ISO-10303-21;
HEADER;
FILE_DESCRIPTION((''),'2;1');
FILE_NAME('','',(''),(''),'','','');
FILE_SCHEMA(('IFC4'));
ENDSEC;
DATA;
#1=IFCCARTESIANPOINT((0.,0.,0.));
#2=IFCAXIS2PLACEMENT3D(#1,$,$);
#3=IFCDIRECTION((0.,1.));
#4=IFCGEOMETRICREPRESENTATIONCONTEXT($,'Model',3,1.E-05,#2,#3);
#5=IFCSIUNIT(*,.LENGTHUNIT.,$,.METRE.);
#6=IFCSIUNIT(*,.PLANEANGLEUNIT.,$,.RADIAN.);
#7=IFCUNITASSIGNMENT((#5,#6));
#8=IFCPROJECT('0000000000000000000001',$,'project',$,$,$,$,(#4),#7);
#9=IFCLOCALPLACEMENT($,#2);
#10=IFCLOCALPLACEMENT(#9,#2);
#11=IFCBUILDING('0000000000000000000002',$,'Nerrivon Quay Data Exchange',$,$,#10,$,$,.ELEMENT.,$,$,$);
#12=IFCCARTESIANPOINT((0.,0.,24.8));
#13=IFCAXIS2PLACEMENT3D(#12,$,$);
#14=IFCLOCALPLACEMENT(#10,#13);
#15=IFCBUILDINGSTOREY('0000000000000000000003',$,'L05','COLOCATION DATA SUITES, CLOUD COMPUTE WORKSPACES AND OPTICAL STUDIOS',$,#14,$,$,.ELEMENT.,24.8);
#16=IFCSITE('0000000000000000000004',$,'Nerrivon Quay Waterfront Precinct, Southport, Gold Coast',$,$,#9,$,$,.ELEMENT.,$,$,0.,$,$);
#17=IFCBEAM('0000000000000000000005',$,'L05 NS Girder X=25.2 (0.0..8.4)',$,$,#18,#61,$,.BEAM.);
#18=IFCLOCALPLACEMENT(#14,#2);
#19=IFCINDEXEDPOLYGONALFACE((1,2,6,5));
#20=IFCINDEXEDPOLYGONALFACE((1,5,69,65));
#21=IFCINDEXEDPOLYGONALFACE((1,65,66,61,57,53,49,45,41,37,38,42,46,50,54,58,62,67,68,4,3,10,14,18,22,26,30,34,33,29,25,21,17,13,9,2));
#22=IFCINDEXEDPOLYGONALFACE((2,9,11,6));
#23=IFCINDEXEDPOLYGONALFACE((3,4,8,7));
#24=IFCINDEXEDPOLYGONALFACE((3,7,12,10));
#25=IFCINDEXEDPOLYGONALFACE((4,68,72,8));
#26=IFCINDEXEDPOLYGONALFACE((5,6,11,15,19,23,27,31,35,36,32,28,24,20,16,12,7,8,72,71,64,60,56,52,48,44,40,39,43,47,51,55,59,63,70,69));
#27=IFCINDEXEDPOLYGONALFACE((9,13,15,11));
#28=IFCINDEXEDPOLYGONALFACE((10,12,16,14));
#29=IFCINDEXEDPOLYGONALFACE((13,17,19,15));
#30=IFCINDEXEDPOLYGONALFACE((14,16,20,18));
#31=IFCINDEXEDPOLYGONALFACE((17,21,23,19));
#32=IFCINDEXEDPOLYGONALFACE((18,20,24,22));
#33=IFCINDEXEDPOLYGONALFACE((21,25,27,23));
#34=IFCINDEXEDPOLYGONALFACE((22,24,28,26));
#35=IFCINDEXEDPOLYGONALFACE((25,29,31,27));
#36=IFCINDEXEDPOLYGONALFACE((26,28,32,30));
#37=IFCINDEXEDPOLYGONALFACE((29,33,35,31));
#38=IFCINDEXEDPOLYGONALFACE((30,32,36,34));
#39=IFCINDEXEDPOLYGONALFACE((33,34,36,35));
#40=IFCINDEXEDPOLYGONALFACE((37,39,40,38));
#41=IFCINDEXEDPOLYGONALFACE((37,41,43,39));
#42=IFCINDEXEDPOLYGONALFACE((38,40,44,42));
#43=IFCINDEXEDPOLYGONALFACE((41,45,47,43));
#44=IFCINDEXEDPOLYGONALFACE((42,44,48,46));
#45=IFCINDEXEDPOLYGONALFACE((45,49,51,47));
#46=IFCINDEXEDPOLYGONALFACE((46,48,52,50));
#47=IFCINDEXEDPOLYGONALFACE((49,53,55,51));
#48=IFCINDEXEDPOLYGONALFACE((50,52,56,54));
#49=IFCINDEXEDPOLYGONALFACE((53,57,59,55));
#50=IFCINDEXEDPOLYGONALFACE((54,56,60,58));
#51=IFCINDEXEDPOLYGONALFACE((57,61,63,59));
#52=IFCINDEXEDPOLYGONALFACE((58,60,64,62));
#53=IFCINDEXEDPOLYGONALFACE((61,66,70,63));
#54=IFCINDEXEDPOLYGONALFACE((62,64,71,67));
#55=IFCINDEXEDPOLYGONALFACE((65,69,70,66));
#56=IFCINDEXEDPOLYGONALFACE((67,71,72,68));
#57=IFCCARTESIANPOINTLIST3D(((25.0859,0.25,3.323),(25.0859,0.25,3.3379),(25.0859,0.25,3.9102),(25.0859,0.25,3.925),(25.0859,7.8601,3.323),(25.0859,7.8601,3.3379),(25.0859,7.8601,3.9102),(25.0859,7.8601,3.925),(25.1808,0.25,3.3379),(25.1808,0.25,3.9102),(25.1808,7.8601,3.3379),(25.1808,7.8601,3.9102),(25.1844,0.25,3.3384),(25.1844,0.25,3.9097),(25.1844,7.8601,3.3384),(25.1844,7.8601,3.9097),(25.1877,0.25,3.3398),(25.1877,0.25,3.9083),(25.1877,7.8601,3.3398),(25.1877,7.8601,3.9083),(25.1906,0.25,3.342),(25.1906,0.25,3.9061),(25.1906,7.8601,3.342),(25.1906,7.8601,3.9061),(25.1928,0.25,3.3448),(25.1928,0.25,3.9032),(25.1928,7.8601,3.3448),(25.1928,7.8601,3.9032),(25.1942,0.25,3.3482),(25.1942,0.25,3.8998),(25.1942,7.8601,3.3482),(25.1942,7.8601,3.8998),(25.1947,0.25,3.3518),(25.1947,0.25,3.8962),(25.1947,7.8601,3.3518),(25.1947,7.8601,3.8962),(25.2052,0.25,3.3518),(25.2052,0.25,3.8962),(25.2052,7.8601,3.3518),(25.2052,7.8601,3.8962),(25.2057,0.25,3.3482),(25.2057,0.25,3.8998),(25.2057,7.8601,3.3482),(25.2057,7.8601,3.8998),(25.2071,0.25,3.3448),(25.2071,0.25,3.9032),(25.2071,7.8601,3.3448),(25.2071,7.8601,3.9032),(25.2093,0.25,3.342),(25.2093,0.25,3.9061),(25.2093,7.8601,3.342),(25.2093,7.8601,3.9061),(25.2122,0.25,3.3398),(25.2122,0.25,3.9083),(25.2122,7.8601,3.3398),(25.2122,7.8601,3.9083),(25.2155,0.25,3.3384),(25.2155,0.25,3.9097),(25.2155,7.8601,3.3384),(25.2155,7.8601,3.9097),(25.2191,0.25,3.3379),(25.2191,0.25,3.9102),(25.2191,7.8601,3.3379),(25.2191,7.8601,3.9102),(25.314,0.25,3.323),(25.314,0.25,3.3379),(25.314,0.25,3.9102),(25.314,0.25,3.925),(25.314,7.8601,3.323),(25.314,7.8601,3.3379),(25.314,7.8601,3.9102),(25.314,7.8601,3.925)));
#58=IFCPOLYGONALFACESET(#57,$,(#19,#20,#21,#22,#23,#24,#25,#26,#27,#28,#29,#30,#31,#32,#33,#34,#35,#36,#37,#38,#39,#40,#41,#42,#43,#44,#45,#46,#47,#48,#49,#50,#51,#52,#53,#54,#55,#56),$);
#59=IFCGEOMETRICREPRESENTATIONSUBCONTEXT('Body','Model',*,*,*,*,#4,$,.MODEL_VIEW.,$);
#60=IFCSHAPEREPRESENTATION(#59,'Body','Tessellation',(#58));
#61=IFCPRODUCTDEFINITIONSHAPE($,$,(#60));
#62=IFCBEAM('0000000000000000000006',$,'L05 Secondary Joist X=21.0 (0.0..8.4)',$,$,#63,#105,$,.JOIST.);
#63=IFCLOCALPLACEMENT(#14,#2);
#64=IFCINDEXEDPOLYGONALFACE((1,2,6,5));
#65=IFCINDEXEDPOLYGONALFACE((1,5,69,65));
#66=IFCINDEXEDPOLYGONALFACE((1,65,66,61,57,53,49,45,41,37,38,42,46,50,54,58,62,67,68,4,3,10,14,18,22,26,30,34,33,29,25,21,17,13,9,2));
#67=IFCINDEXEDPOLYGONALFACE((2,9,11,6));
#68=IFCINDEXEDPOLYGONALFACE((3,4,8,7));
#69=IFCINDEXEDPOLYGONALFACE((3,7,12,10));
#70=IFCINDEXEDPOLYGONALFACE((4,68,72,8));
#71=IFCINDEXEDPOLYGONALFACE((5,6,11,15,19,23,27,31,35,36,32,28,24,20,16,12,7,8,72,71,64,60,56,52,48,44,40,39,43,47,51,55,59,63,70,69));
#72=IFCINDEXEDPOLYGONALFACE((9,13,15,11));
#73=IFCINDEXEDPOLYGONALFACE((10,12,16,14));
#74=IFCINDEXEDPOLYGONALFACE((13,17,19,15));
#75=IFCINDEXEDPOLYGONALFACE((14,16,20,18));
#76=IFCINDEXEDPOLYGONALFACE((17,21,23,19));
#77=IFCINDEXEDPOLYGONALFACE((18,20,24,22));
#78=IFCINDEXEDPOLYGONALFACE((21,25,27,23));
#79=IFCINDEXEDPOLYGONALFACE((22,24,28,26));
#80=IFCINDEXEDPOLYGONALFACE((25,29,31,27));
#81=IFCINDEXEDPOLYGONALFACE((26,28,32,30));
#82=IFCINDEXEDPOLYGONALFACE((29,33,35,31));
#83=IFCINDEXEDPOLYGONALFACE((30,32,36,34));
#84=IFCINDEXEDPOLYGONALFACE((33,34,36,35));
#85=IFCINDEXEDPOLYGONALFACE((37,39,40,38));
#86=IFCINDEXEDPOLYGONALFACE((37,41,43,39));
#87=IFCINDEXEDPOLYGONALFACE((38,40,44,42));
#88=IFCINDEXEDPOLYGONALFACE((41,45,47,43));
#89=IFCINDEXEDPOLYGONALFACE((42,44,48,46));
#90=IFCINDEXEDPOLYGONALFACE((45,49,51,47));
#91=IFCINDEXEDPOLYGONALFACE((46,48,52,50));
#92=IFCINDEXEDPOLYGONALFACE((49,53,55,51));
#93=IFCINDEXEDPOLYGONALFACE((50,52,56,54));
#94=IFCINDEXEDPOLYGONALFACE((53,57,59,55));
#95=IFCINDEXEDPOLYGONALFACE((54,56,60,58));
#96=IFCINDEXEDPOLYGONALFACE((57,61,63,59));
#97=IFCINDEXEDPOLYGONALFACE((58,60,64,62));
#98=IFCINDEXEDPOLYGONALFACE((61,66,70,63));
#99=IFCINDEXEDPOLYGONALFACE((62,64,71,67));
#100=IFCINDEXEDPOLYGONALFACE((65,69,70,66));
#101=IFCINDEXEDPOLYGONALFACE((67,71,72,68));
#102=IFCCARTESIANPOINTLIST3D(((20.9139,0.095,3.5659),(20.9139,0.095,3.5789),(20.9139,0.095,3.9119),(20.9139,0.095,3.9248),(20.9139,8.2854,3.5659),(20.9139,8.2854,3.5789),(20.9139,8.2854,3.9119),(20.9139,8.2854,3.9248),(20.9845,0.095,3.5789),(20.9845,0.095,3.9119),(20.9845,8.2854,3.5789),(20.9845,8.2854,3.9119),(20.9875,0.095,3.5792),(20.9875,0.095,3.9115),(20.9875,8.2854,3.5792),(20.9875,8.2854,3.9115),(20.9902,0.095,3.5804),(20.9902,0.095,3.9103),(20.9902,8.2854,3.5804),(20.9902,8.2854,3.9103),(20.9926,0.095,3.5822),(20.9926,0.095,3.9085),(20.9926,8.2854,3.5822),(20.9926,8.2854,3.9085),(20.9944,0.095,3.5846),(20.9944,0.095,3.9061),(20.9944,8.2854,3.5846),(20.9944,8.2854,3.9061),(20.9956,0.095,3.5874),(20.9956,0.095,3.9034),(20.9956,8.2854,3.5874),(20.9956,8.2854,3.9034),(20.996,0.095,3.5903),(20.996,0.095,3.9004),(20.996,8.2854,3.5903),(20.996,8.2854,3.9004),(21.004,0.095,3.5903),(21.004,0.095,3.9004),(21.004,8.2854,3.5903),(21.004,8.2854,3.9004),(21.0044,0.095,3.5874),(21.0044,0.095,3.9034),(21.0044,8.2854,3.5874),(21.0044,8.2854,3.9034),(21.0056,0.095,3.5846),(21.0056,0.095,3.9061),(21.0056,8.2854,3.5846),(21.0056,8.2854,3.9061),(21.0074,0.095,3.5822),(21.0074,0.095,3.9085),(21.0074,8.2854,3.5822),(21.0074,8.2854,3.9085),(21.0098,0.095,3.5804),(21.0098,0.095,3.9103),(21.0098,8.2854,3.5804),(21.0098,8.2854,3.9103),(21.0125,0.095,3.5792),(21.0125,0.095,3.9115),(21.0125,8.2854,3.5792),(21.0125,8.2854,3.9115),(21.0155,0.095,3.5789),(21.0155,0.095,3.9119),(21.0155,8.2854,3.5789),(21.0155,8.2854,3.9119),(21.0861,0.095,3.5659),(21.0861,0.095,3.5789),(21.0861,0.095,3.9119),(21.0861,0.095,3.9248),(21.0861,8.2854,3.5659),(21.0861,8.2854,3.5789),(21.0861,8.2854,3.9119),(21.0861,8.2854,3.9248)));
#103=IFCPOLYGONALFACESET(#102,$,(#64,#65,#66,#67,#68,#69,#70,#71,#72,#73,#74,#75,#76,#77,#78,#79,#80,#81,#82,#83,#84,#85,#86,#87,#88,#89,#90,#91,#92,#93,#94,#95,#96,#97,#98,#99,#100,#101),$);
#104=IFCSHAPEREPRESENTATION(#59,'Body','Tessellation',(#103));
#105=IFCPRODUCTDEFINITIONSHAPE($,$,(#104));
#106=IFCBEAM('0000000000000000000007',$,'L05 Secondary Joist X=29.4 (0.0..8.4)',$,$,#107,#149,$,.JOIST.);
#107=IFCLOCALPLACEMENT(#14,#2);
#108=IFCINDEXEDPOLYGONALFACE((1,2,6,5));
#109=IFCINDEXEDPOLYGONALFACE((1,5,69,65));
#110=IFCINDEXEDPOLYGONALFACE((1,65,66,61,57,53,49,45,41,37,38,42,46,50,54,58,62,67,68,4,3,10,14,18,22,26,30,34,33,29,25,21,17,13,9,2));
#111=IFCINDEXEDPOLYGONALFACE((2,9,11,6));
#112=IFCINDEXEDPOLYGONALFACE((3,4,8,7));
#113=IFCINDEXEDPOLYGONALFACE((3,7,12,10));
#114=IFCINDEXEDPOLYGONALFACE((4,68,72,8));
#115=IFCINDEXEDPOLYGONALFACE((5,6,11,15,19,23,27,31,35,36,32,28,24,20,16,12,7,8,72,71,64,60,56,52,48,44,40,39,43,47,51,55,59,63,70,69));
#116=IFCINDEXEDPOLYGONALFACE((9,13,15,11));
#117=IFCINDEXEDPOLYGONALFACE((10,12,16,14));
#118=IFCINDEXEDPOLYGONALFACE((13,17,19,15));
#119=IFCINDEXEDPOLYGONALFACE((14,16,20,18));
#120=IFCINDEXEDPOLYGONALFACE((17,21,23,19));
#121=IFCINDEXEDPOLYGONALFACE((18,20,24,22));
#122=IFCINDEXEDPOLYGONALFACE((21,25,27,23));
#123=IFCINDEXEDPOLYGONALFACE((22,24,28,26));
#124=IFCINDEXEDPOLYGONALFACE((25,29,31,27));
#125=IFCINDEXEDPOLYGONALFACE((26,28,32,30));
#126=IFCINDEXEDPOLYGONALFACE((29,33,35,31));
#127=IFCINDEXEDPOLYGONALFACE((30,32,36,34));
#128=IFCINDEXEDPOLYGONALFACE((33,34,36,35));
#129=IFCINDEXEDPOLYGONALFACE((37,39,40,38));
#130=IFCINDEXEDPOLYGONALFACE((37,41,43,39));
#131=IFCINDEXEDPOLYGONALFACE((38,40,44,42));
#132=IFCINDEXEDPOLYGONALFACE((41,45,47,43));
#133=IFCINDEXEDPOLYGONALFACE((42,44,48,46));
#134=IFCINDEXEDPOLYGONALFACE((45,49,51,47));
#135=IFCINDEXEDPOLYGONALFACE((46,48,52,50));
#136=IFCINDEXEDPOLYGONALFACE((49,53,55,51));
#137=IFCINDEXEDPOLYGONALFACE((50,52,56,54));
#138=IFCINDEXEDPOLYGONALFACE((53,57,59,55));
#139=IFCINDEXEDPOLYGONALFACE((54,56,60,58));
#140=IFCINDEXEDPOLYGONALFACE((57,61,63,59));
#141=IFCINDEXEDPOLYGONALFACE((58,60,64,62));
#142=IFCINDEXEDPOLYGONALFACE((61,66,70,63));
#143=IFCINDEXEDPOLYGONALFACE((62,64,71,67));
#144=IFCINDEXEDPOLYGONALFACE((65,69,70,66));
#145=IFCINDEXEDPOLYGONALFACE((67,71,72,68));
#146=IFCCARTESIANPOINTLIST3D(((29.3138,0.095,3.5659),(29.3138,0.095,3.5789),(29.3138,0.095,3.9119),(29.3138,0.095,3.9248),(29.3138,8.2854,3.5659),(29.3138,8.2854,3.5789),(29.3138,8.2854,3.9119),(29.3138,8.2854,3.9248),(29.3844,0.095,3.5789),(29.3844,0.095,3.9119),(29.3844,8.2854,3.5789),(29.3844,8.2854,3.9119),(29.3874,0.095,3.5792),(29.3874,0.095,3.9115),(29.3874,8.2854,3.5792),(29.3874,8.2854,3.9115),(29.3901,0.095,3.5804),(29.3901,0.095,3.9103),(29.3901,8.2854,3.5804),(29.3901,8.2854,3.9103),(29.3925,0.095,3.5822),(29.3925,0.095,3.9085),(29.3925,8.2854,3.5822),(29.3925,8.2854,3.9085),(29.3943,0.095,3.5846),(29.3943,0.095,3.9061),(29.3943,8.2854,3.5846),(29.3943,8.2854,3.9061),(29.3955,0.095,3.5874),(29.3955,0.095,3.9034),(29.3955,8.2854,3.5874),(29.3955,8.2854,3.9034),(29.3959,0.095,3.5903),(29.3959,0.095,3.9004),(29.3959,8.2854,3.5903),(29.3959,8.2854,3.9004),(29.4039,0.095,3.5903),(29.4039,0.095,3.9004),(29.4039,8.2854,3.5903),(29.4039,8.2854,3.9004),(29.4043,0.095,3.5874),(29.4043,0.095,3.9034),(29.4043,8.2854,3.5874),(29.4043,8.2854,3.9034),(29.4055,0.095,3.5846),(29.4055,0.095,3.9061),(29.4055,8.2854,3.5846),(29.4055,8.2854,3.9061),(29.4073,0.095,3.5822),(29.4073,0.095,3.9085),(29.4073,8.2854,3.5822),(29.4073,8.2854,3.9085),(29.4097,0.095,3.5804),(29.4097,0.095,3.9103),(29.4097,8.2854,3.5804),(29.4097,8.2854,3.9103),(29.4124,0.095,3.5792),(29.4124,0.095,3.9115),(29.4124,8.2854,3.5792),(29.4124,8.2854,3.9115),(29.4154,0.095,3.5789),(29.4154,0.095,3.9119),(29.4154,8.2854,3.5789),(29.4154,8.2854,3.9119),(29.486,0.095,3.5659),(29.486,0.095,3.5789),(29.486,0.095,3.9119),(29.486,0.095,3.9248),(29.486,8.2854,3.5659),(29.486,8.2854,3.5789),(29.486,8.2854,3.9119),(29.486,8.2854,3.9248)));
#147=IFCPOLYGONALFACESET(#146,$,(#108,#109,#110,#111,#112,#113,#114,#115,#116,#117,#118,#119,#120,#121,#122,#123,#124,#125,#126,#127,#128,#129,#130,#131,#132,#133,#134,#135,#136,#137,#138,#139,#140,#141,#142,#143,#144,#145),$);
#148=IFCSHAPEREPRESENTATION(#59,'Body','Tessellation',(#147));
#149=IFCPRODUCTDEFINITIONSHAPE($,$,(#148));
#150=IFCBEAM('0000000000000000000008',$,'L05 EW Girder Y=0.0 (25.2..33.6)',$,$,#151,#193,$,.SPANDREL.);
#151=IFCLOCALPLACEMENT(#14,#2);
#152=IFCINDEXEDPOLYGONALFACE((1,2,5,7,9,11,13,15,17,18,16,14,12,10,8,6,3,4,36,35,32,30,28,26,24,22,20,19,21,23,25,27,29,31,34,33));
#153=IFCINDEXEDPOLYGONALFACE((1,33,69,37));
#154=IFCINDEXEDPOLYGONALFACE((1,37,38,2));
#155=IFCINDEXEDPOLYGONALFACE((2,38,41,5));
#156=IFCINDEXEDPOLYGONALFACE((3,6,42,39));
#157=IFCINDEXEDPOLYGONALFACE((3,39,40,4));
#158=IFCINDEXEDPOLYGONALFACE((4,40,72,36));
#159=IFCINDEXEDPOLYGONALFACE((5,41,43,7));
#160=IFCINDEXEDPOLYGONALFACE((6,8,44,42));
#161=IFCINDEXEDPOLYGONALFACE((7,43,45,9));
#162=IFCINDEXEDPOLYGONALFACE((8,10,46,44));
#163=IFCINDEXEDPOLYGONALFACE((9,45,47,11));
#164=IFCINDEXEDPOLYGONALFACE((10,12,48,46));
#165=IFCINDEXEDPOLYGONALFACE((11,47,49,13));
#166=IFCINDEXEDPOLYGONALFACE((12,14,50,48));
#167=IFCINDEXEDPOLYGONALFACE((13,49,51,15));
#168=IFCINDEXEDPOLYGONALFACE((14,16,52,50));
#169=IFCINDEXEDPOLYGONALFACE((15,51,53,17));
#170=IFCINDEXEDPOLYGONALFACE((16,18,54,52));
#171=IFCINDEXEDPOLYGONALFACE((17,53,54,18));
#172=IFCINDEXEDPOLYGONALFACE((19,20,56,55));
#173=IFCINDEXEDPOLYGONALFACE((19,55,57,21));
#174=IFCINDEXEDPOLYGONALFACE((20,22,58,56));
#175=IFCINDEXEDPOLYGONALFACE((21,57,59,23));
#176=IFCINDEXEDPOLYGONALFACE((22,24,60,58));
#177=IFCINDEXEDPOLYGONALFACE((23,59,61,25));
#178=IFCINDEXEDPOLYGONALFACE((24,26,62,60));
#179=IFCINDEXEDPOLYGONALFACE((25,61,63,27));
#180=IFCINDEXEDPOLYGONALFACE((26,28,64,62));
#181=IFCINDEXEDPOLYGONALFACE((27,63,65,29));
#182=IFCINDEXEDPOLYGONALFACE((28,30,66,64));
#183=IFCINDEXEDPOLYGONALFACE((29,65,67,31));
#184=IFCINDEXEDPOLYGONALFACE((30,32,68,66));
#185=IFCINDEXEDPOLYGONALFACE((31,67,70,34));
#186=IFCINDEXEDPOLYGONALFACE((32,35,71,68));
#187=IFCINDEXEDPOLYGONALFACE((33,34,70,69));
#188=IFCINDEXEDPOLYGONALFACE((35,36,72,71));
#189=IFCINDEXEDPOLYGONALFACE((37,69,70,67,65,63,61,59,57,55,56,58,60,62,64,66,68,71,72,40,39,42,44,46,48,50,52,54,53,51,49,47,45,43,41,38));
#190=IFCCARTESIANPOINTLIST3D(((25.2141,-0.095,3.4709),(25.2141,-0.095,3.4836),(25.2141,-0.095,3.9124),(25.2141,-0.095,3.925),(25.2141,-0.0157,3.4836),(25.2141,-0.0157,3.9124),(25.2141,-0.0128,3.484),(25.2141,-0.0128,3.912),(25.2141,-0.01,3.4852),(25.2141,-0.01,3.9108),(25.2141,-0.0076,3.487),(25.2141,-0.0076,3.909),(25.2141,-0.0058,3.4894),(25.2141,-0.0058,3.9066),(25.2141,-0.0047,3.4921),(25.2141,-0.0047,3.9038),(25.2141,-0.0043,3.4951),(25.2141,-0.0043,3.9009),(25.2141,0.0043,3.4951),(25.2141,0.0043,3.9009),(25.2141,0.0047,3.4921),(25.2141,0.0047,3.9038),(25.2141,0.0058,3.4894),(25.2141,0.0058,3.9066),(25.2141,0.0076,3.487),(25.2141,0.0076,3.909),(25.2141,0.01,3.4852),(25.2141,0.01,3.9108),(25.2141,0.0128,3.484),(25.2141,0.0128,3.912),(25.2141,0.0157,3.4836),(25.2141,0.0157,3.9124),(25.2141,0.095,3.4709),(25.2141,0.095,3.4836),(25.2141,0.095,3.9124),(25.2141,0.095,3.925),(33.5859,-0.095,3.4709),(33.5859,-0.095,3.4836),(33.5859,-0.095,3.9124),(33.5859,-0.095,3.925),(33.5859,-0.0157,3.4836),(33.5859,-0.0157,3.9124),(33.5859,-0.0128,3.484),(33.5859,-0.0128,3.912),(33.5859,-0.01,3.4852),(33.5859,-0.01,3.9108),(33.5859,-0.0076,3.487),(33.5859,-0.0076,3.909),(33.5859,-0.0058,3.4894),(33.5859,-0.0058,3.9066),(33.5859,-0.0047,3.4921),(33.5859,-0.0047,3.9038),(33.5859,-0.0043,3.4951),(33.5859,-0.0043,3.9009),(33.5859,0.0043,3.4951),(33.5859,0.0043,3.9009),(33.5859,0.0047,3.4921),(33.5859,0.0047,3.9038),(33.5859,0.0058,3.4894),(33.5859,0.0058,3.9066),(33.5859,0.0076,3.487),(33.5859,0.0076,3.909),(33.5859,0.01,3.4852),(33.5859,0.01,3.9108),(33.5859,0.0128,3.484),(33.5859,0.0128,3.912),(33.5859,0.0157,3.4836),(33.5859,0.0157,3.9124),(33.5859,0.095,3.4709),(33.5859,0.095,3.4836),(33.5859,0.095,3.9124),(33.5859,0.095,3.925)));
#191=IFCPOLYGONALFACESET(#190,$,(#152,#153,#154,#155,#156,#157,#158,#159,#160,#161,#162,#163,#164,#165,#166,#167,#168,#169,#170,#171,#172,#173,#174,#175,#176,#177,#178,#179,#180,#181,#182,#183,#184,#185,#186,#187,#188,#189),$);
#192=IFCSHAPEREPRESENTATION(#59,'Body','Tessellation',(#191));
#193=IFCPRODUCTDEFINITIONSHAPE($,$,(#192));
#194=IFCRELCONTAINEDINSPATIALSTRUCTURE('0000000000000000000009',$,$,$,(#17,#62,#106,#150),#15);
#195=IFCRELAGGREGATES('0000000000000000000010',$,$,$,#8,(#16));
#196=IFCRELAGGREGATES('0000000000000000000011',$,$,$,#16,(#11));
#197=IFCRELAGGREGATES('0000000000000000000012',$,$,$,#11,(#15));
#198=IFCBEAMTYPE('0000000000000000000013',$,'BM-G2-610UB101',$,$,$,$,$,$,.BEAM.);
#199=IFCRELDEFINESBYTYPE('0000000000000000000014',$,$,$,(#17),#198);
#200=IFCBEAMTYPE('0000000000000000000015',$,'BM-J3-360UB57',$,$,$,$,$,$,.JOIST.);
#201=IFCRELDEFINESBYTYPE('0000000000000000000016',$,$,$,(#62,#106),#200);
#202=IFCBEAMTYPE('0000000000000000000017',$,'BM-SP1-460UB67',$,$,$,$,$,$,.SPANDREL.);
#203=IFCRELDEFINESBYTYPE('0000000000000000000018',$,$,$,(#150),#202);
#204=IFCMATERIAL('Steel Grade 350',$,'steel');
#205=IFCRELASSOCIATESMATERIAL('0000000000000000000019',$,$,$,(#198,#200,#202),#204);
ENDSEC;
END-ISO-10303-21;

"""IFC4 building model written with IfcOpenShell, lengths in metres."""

from ifc_helpers import new_model, si_unit, direction, frame, origin, origin_2d, place, context, subcontext, project, spatial, i_section, extrude, material, material_profile, profile_set, type_object, element, save


model = new_model("IFC4")

# Units and contexts
model_context = context("Model", 3, precision=1e-05, world=origin(), true_north=direction((0.0, 1.0)))
body_context = subcontext(model_context, "Body", "Model", "MODEL_VIEW")
ifc_project = project(units=[si_unit("LENGTHUNIT", "METRE"), si_unit("PLANEANGLEUNIT", "RADIAN")], contexts=[model_context])

# Site, building, storey
site_placement = place(None, origin())
site = spatial("IfcSite", under=ifc_project, at=site_placement, Name="Nerrivon Quay Waterfront Precinct, Southport, Gold Coast", CompositionType="ELEMENT", RefElevation=0.0)
building_placement = place(site_placement, origin())
building = spatial("IfcBuilding", under=site, at=building_placement, Name="Nerrivon Quay Data Exchange", CompositionType="ELEMENT")
storey_placement = place(building_placement, frame((0.0, 0.0, 24.8)))
storey = spatial("IfcBuildingStorey", under=building, at=storey_placement, Name="L05", Description="COLOCATION DATA SUITES, CLOUD COMPUTE WORKSPACES AND OPTICAL STUDIOS", CompositionType="ELEMENT", Elevation=24.8)

# Shared definitions
ifc_material_1 = material(Name="Steel Grade 350", Category="steel")

# Beams
ifc_material_profile_1 = material_profile(ifc_material_1, i_section(OverallWidth=0.228, OverallDepth=0.6021, WebThickness=0.0105, FlangeThickness=0.0149, FilletRadius=0.0139, at=origin_2d()), Name="610UB101")
ifc_profile_set_1 = profile_set([ifc_material_profile_1], Name="Steel Grade 350")
beam_type_1 = type_object("IfcBeamType", Name="BM-G2-610UB101", PredefinedType="BEAM", material=ifc_profile_set_1)
beam_1_placement = place(storey_placement, frame((25.2, 0.25, 3.624), z_axis=(0.0, 1.0, 0.0), x_axis=(-1.0, 0.0, 0.0)))
element("IfcBeam", 1, at=beam_1_placement, inside=storey, type_object=beam_type_1, Name="L05 NS Girder X=25.2 (0.0..8.4)", PredefinedType="BEAM", context=body_context, shape_type="SweptSolid", body=[
    extrude(i_section(OverallWidth=0.228, OverallDepth=0.6021, WebThickness=0.0105, FlangeThickness=0.0149, FilletRadius=0.0139, at=origin_2d()), origin(), (0.0, 0.0, 1.0), 7.6101),
])
ifc_material_profile_2 = material_profile(ifc_material_1, i_section(OverallWidth=0.1721, OverallDepth=0.3589, WebThickness=0.0081, FlangeThickness=0.0129, FilletRadius=0.0115, at=origin_2d()), Name="360UB56.7")
ifc_profile_set_2 = profile_set([ifc_material_profile_2], Name="Steel Grade 350")
beam_type_2 = type_object("IfcBeamType", Name="BM-J3-360UB57", PredefinedType="JOIST", material=ifc_profile_set_2)
for number, where, z_axis, x_axis, name in (
    (2, (21.0, 0.095, 3.7454), (0.0, 1.0, 0.0), (-1.0, 0.0, 0.0), "L05 Secondary Joist X=21.0 (0.0..8.4)"),
    (3, (29.3999, 0.095, 3.7454), (0.0, 1.0, 0.0), (-1.0, 0.0, 0.0), "L05 Secondary Joist X=29.4 (0.0..8.4)"),
):
    element("IfcBeam", number, at=place(storey_placement, frame(where, z_axis=z_axis, x_axis=x_axis)), inside=storey, type_object=beam_type_2, Name=name, PredefinedType="JOIST", context=body_context, shape_type="SweptSolid", body=[
        extrude(i_section(OverallWidth=0.1721, OverallDepth=0.3589, WebThickness=0.0081, FlangeThickness=0.0129, FilletRadius=0.0115, at=origin_2d()), origin(), (0.0, 0.0, 1.0), 8.1904),
    ])
ifc_material_profile_3 = material_profile(ifc_material_1, i_section(OverallWidth=0.1899, OverallDepth=0.4541, WebThickness=0.0085, FlangeThickness=0.0127, FilletRadius=0.0115, at=origin_2d()), Name="460UB67.1")
ifc_profile_set_3 = profile_set([ifc_material_profile_3], Name="Steel Grade 350")
beam_type_3 = type_object("IfcBeamType", Name="BM-SP1-460UB67", PredefinedType="SPANDREL", material=ifc_profile_set_3)
beam_2_placement = place(storey_placement, frame((25.2141, 0.0, 3.698), z_axis=(1.0, 0.0, 0.0), x_axis=(0.0, 1.0, 0.0)))
element("IfcBeam", 4, at=beam_2_placement, inside=storey, type_object=beam_type_3, Name="L05 EW Girder Y=0.0 (25.2..33.6)", PredefinedType="SPANDREL", context=body_context, shape_type="SweptSolid", body=[
    extrude(i_section(OverallWidth=0.1899, OverallDepth=0.4541, WebThickness=0.0085, FlangeThickness=0.0127, FilletRadius=0.0115, at=origin_2d()), origin(), (0.0, 0.0, 1.0), 8.3718),
])

save(model, "model.ifc")
